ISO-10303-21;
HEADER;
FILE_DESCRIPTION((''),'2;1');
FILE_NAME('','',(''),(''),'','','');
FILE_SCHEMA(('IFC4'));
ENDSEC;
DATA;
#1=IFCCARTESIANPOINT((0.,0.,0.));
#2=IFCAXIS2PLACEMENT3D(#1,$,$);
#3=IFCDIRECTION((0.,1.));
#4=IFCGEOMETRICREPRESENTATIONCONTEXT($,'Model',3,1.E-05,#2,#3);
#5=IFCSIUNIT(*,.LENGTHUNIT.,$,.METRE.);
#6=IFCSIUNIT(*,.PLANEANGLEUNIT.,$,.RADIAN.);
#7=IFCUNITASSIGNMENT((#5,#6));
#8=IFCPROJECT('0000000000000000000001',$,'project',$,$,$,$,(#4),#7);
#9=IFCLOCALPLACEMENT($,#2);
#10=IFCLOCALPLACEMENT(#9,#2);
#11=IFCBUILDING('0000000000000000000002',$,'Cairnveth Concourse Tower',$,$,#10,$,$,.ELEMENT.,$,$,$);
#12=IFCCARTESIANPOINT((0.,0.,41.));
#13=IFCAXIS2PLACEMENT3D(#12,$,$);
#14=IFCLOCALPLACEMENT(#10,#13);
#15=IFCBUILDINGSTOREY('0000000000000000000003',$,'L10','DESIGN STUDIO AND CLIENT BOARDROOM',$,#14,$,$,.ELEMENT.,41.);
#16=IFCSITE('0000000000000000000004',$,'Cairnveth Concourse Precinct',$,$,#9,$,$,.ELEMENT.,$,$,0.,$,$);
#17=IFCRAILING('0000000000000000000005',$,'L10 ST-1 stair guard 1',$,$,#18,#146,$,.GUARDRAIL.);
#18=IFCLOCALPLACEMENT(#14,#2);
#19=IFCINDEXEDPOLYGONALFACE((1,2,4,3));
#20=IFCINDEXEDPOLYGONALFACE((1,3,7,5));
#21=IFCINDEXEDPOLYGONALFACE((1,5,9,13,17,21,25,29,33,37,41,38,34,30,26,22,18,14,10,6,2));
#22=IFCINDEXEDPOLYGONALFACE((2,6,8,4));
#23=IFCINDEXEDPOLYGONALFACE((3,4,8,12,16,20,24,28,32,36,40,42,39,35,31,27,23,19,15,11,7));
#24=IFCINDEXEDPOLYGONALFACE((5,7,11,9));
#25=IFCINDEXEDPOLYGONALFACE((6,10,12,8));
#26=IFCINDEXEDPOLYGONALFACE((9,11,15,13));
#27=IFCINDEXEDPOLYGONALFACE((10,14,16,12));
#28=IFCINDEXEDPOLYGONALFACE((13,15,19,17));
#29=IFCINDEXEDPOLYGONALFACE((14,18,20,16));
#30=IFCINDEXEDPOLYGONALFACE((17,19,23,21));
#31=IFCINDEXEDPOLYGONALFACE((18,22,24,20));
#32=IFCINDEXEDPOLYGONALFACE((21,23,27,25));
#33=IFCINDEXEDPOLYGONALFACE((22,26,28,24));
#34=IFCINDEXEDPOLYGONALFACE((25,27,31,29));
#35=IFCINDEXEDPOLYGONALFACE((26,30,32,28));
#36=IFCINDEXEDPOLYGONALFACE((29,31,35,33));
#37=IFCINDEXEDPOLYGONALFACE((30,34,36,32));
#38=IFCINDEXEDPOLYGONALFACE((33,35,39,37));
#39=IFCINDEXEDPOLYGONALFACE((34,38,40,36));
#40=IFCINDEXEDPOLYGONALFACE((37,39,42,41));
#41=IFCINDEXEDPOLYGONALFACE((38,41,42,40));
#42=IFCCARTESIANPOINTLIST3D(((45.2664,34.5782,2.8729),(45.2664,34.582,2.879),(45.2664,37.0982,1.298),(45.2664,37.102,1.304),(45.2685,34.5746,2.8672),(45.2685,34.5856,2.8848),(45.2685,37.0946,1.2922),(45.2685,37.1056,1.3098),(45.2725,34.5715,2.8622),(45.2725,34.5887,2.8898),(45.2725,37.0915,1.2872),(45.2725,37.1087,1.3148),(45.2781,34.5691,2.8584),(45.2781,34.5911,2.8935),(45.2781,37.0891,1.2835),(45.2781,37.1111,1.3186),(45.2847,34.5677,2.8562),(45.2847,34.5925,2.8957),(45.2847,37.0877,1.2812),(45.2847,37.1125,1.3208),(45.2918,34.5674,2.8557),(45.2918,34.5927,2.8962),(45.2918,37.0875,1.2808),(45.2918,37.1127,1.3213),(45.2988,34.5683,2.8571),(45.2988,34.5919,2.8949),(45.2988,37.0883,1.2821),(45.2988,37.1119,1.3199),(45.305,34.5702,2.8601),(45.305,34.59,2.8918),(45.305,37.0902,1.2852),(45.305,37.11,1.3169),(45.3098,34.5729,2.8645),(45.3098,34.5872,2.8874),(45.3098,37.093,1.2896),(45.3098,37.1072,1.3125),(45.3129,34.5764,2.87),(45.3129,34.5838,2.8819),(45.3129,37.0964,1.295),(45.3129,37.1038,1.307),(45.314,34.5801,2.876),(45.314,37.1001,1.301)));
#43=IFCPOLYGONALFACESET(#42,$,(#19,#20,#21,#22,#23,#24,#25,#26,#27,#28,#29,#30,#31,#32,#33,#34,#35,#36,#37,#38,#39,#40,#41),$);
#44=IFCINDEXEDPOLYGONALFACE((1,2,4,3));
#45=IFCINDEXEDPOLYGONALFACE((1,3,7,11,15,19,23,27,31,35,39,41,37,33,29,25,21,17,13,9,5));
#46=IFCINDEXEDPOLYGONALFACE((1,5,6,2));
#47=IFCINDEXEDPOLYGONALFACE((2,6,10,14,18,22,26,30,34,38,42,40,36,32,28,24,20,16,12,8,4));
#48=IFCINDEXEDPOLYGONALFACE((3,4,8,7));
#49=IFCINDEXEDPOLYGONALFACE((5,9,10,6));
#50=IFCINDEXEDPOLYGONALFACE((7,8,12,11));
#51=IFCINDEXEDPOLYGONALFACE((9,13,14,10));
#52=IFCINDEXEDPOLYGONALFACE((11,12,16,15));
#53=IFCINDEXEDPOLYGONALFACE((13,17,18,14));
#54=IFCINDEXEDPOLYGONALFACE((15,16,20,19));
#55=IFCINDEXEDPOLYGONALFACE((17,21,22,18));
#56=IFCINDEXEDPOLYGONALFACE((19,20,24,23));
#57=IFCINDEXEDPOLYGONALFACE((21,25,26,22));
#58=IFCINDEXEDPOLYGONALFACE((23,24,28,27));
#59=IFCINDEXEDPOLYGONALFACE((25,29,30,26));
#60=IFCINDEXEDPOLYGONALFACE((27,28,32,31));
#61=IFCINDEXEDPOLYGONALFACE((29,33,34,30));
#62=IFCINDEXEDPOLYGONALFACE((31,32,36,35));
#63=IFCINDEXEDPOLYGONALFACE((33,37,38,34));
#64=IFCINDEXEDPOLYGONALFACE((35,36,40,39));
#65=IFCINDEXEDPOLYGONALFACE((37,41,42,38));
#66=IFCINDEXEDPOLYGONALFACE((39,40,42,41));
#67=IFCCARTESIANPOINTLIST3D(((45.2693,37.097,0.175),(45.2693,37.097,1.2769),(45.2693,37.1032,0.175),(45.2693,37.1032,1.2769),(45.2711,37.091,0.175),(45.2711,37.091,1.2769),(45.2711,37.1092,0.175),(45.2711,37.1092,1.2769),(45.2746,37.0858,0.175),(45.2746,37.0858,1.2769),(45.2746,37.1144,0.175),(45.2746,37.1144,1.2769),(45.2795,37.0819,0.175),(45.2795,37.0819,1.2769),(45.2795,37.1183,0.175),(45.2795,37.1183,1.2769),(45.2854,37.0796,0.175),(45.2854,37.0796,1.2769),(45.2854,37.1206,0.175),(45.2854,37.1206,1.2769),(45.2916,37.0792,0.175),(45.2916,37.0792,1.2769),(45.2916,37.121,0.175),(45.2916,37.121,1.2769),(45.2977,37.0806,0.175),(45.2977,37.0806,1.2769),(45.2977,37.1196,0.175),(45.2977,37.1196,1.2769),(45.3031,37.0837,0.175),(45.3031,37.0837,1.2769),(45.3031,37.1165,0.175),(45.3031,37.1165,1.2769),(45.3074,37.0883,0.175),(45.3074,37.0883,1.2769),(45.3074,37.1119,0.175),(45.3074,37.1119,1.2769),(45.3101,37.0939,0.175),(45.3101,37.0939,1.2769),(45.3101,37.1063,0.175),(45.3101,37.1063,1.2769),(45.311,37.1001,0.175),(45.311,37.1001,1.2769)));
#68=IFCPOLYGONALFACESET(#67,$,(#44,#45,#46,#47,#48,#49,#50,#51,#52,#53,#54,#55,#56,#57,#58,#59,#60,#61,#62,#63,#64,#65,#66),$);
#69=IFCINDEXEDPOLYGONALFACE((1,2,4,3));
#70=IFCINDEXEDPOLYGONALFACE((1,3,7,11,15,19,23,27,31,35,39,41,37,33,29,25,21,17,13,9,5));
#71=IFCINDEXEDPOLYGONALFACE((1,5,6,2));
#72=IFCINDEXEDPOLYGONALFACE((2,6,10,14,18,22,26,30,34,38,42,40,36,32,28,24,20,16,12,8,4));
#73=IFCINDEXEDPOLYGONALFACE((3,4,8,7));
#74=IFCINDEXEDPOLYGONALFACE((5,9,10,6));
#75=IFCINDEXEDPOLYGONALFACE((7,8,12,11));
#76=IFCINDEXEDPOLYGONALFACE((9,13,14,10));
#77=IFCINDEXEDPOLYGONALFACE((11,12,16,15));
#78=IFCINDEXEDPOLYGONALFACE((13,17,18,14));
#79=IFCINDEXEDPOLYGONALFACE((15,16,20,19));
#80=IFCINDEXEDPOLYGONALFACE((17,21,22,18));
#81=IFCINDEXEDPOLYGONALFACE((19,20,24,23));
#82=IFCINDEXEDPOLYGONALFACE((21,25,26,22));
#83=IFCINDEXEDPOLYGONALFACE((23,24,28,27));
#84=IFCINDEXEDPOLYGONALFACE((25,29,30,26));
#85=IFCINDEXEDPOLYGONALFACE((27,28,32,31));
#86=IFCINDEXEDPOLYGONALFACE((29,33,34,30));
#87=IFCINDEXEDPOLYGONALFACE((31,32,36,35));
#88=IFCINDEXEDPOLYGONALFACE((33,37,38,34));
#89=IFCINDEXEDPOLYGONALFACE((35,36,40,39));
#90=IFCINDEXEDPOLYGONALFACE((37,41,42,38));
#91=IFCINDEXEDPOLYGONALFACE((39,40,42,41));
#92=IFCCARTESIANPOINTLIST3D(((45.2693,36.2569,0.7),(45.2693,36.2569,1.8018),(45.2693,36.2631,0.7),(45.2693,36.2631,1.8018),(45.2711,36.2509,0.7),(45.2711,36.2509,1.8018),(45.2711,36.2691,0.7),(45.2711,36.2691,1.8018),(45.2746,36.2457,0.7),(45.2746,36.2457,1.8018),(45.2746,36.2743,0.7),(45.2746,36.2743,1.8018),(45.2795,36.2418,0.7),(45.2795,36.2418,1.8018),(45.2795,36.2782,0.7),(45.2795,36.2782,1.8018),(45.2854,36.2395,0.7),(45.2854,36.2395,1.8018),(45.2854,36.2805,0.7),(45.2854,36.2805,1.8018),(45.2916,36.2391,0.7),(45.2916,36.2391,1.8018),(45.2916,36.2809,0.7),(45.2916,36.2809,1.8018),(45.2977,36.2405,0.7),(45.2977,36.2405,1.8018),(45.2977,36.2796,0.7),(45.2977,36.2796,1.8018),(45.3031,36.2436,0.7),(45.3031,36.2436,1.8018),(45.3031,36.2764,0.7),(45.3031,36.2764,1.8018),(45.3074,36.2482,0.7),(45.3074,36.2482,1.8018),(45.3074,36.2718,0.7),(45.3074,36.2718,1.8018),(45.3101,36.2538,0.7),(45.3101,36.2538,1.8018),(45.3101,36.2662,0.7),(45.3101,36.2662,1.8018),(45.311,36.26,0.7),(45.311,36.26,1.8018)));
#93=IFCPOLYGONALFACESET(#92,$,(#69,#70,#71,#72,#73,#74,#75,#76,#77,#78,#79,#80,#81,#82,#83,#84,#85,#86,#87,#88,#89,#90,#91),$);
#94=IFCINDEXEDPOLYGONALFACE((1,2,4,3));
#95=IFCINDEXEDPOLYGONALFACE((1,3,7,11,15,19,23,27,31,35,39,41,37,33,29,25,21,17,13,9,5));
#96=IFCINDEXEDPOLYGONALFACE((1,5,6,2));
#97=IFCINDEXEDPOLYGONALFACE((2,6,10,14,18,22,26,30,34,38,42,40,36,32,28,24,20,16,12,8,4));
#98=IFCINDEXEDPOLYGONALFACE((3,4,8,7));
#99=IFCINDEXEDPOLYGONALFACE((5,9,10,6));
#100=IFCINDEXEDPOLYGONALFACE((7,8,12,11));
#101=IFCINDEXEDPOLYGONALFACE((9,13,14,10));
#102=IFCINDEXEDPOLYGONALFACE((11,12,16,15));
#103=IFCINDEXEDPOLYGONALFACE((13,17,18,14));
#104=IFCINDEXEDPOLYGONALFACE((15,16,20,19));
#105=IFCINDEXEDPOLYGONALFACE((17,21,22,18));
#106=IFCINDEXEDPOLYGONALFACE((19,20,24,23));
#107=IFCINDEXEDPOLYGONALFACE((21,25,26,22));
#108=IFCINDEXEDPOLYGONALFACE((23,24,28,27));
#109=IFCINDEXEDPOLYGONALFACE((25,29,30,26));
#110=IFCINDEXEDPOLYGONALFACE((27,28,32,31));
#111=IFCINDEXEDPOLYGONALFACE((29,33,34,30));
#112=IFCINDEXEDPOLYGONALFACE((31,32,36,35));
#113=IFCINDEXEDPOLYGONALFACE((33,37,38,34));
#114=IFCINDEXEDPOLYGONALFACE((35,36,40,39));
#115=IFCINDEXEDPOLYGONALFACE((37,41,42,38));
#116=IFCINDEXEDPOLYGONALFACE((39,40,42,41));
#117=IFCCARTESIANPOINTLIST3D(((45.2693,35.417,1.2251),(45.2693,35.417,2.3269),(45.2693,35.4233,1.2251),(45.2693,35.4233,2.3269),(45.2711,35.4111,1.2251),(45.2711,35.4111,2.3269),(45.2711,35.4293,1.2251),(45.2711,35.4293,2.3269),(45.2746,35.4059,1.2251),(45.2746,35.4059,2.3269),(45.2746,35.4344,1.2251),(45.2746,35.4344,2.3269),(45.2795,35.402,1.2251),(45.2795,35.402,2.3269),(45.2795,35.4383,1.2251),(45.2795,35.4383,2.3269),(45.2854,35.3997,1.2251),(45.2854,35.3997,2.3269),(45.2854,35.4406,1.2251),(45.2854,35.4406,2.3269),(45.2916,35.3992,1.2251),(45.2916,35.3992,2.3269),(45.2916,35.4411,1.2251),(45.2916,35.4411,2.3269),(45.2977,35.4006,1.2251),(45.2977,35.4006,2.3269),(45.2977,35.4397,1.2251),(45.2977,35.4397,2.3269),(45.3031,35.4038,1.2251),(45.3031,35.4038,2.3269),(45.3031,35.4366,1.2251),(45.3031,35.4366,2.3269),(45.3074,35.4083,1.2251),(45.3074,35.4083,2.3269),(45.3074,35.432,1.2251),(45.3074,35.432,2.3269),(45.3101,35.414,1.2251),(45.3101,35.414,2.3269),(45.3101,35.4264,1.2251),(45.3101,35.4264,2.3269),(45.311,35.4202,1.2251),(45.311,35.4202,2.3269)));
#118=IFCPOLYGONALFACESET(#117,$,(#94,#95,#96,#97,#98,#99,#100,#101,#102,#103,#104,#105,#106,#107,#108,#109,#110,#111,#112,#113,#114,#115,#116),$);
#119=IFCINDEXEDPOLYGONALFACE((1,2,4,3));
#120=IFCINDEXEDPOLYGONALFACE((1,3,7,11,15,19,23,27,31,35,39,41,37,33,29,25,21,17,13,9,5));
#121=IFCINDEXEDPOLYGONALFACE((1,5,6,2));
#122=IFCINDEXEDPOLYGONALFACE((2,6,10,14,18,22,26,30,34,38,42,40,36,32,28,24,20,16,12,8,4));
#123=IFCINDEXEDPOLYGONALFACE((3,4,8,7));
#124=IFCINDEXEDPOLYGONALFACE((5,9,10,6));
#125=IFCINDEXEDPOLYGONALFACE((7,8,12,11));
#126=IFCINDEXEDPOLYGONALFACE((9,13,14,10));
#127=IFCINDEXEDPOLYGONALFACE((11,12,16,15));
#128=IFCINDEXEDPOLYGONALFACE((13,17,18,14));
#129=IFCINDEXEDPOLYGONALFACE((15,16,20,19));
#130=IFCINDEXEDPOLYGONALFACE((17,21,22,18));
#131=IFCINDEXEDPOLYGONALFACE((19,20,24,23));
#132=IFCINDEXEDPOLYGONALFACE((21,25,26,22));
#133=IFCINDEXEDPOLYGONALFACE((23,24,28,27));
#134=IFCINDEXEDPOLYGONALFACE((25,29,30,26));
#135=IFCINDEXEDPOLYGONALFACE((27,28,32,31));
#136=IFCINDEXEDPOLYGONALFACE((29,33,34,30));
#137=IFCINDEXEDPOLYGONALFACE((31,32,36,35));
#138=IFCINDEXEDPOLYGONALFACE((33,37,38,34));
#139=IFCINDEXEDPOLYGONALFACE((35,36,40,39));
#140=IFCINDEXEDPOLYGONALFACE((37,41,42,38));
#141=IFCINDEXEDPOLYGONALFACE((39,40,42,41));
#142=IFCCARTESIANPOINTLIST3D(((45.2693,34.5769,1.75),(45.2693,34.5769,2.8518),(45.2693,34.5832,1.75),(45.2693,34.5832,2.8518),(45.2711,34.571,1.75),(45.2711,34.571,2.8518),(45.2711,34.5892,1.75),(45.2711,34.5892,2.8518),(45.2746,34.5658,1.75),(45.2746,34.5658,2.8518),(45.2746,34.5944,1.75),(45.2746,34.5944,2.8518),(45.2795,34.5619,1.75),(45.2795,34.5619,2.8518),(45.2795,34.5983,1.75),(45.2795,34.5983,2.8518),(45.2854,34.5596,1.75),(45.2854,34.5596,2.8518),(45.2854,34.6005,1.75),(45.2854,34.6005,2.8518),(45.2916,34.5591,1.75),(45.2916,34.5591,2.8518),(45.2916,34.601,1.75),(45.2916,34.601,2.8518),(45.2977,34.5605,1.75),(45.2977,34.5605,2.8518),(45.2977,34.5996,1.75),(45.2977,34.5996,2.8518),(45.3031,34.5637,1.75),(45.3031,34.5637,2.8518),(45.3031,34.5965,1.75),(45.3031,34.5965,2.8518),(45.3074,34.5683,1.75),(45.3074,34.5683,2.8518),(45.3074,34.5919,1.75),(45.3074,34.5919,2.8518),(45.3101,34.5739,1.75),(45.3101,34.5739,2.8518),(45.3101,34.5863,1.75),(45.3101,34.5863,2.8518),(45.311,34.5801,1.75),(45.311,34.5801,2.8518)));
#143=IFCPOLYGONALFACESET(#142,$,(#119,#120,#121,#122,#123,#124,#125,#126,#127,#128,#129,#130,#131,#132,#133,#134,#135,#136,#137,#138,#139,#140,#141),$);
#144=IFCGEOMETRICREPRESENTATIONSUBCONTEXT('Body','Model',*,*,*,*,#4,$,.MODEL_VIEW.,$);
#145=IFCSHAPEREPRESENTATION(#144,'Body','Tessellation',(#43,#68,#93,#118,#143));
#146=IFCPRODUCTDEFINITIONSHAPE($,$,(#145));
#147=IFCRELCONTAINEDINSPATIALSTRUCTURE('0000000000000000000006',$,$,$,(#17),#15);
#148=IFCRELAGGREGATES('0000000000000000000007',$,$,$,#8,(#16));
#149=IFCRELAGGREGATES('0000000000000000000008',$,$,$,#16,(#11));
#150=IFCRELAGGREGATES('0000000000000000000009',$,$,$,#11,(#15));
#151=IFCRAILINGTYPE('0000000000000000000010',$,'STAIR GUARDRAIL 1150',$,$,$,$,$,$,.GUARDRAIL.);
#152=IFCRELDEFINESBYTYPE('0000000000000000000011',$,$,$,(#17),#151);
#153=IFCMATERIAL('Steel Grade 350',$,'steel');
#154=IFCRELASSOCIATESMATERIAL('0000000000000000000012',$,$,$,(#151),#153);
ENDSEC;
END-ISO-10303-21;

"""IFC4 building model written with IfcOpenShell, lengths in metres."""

from ifc_helpers import new_model, si_unit, direction, frame, origin, origin_2d, place, context, subcontext, project, spatial, circle, extrude, material, type_object, element, save


model = new_model("IFC4")

# Units and contexts
model_context = context("Model", 3, precision=1e-05, world=origin(), true_north=direction((0.0, 1.0)))
body_context = subcontext(model_context, "Body", "Model", "MODEL_VIEW")
ifc_project = project(units=[si_unit("LENGTHUNIT", "METRE"), si_unit("PLANEANGLEUNIT", "RADIAN")], contexts=[model_context])

# Site, building, storey
site_placement = place(None, origin())
site = spatial("IfcSite", under=ifc_project, at=site_placement, Name="Cairnveth Concourse Precinct", CompositionType="ELEMENT", RefElevation=0.0)
building_placement = place(site_placement, origin())
building = spatial("IfcBuilding", under=site, at=building_placement, Name="Cairnveth Concourse Tower", CompositionType="ELEMENT")
storey_placement = place(building_placement, frame((0.0, 0.0, 41.0)))
storey = spatial("IfcBuildingStorey", under=building, at=storey_placement, Name="L10", Description="DESIGN STUDIO AND CLIENT BOARDROOM", CompositionType="ELEMENT", Elevation=41.0)

# Shared definitions
ifc_material_1 = material(Name="Steel Grade 350", Category="steel")

# Railing
railing_type = type_object("IfcRailingType", Name="STAIR GUARDRAIL 1150", PredefinedType="GUARDRAIL", material=ifc_material_1)
railing_1_placement = place(storey_placement, frame((45.29, 37.1001, 0.175)))
element("IfcRailing", 1, at=railing_1_placement, inside=storey, type_object=railing_type, Name="L10 ST-1 stair guard 1", PredefinedType="GUARDRAIL", context=body_context, shape_type="SweptSolid", body=[
    extrude(circle(Radius=0.0239, at=origin_2d()), frame((0.0, 0.0, 1.126), z_axis=(0.0, -0.848008, 0.529984), x_axis=(1.0, 0.0, 0.0)), (0.0, 0.0, 1.0), 2.9717),
    extrude(circle(Radius=0.021, at=origin_2d()), origin(), (0.0, 0.0, 1.0), 1.1018),
    extrude(circle(Radius=0.021, at=origin_2d()), frame((0.0, -0.8401, 0.5249)), (0.0, 0.0, 1.0), 1.1018),
    extrude(circle(Radius=0.021, at=origin_2d()), frame((0.0, -1.6799, 1.05)), (0.0, 0.0, 1.0), 1.1018),
    extrude(circle(Radius=0.021, at=origin_2d()), frame((0.0, -2.52, 1.575)), (0.0, 0.0, 1.0), 1.1018),
])

save(model, "model.ifc")
